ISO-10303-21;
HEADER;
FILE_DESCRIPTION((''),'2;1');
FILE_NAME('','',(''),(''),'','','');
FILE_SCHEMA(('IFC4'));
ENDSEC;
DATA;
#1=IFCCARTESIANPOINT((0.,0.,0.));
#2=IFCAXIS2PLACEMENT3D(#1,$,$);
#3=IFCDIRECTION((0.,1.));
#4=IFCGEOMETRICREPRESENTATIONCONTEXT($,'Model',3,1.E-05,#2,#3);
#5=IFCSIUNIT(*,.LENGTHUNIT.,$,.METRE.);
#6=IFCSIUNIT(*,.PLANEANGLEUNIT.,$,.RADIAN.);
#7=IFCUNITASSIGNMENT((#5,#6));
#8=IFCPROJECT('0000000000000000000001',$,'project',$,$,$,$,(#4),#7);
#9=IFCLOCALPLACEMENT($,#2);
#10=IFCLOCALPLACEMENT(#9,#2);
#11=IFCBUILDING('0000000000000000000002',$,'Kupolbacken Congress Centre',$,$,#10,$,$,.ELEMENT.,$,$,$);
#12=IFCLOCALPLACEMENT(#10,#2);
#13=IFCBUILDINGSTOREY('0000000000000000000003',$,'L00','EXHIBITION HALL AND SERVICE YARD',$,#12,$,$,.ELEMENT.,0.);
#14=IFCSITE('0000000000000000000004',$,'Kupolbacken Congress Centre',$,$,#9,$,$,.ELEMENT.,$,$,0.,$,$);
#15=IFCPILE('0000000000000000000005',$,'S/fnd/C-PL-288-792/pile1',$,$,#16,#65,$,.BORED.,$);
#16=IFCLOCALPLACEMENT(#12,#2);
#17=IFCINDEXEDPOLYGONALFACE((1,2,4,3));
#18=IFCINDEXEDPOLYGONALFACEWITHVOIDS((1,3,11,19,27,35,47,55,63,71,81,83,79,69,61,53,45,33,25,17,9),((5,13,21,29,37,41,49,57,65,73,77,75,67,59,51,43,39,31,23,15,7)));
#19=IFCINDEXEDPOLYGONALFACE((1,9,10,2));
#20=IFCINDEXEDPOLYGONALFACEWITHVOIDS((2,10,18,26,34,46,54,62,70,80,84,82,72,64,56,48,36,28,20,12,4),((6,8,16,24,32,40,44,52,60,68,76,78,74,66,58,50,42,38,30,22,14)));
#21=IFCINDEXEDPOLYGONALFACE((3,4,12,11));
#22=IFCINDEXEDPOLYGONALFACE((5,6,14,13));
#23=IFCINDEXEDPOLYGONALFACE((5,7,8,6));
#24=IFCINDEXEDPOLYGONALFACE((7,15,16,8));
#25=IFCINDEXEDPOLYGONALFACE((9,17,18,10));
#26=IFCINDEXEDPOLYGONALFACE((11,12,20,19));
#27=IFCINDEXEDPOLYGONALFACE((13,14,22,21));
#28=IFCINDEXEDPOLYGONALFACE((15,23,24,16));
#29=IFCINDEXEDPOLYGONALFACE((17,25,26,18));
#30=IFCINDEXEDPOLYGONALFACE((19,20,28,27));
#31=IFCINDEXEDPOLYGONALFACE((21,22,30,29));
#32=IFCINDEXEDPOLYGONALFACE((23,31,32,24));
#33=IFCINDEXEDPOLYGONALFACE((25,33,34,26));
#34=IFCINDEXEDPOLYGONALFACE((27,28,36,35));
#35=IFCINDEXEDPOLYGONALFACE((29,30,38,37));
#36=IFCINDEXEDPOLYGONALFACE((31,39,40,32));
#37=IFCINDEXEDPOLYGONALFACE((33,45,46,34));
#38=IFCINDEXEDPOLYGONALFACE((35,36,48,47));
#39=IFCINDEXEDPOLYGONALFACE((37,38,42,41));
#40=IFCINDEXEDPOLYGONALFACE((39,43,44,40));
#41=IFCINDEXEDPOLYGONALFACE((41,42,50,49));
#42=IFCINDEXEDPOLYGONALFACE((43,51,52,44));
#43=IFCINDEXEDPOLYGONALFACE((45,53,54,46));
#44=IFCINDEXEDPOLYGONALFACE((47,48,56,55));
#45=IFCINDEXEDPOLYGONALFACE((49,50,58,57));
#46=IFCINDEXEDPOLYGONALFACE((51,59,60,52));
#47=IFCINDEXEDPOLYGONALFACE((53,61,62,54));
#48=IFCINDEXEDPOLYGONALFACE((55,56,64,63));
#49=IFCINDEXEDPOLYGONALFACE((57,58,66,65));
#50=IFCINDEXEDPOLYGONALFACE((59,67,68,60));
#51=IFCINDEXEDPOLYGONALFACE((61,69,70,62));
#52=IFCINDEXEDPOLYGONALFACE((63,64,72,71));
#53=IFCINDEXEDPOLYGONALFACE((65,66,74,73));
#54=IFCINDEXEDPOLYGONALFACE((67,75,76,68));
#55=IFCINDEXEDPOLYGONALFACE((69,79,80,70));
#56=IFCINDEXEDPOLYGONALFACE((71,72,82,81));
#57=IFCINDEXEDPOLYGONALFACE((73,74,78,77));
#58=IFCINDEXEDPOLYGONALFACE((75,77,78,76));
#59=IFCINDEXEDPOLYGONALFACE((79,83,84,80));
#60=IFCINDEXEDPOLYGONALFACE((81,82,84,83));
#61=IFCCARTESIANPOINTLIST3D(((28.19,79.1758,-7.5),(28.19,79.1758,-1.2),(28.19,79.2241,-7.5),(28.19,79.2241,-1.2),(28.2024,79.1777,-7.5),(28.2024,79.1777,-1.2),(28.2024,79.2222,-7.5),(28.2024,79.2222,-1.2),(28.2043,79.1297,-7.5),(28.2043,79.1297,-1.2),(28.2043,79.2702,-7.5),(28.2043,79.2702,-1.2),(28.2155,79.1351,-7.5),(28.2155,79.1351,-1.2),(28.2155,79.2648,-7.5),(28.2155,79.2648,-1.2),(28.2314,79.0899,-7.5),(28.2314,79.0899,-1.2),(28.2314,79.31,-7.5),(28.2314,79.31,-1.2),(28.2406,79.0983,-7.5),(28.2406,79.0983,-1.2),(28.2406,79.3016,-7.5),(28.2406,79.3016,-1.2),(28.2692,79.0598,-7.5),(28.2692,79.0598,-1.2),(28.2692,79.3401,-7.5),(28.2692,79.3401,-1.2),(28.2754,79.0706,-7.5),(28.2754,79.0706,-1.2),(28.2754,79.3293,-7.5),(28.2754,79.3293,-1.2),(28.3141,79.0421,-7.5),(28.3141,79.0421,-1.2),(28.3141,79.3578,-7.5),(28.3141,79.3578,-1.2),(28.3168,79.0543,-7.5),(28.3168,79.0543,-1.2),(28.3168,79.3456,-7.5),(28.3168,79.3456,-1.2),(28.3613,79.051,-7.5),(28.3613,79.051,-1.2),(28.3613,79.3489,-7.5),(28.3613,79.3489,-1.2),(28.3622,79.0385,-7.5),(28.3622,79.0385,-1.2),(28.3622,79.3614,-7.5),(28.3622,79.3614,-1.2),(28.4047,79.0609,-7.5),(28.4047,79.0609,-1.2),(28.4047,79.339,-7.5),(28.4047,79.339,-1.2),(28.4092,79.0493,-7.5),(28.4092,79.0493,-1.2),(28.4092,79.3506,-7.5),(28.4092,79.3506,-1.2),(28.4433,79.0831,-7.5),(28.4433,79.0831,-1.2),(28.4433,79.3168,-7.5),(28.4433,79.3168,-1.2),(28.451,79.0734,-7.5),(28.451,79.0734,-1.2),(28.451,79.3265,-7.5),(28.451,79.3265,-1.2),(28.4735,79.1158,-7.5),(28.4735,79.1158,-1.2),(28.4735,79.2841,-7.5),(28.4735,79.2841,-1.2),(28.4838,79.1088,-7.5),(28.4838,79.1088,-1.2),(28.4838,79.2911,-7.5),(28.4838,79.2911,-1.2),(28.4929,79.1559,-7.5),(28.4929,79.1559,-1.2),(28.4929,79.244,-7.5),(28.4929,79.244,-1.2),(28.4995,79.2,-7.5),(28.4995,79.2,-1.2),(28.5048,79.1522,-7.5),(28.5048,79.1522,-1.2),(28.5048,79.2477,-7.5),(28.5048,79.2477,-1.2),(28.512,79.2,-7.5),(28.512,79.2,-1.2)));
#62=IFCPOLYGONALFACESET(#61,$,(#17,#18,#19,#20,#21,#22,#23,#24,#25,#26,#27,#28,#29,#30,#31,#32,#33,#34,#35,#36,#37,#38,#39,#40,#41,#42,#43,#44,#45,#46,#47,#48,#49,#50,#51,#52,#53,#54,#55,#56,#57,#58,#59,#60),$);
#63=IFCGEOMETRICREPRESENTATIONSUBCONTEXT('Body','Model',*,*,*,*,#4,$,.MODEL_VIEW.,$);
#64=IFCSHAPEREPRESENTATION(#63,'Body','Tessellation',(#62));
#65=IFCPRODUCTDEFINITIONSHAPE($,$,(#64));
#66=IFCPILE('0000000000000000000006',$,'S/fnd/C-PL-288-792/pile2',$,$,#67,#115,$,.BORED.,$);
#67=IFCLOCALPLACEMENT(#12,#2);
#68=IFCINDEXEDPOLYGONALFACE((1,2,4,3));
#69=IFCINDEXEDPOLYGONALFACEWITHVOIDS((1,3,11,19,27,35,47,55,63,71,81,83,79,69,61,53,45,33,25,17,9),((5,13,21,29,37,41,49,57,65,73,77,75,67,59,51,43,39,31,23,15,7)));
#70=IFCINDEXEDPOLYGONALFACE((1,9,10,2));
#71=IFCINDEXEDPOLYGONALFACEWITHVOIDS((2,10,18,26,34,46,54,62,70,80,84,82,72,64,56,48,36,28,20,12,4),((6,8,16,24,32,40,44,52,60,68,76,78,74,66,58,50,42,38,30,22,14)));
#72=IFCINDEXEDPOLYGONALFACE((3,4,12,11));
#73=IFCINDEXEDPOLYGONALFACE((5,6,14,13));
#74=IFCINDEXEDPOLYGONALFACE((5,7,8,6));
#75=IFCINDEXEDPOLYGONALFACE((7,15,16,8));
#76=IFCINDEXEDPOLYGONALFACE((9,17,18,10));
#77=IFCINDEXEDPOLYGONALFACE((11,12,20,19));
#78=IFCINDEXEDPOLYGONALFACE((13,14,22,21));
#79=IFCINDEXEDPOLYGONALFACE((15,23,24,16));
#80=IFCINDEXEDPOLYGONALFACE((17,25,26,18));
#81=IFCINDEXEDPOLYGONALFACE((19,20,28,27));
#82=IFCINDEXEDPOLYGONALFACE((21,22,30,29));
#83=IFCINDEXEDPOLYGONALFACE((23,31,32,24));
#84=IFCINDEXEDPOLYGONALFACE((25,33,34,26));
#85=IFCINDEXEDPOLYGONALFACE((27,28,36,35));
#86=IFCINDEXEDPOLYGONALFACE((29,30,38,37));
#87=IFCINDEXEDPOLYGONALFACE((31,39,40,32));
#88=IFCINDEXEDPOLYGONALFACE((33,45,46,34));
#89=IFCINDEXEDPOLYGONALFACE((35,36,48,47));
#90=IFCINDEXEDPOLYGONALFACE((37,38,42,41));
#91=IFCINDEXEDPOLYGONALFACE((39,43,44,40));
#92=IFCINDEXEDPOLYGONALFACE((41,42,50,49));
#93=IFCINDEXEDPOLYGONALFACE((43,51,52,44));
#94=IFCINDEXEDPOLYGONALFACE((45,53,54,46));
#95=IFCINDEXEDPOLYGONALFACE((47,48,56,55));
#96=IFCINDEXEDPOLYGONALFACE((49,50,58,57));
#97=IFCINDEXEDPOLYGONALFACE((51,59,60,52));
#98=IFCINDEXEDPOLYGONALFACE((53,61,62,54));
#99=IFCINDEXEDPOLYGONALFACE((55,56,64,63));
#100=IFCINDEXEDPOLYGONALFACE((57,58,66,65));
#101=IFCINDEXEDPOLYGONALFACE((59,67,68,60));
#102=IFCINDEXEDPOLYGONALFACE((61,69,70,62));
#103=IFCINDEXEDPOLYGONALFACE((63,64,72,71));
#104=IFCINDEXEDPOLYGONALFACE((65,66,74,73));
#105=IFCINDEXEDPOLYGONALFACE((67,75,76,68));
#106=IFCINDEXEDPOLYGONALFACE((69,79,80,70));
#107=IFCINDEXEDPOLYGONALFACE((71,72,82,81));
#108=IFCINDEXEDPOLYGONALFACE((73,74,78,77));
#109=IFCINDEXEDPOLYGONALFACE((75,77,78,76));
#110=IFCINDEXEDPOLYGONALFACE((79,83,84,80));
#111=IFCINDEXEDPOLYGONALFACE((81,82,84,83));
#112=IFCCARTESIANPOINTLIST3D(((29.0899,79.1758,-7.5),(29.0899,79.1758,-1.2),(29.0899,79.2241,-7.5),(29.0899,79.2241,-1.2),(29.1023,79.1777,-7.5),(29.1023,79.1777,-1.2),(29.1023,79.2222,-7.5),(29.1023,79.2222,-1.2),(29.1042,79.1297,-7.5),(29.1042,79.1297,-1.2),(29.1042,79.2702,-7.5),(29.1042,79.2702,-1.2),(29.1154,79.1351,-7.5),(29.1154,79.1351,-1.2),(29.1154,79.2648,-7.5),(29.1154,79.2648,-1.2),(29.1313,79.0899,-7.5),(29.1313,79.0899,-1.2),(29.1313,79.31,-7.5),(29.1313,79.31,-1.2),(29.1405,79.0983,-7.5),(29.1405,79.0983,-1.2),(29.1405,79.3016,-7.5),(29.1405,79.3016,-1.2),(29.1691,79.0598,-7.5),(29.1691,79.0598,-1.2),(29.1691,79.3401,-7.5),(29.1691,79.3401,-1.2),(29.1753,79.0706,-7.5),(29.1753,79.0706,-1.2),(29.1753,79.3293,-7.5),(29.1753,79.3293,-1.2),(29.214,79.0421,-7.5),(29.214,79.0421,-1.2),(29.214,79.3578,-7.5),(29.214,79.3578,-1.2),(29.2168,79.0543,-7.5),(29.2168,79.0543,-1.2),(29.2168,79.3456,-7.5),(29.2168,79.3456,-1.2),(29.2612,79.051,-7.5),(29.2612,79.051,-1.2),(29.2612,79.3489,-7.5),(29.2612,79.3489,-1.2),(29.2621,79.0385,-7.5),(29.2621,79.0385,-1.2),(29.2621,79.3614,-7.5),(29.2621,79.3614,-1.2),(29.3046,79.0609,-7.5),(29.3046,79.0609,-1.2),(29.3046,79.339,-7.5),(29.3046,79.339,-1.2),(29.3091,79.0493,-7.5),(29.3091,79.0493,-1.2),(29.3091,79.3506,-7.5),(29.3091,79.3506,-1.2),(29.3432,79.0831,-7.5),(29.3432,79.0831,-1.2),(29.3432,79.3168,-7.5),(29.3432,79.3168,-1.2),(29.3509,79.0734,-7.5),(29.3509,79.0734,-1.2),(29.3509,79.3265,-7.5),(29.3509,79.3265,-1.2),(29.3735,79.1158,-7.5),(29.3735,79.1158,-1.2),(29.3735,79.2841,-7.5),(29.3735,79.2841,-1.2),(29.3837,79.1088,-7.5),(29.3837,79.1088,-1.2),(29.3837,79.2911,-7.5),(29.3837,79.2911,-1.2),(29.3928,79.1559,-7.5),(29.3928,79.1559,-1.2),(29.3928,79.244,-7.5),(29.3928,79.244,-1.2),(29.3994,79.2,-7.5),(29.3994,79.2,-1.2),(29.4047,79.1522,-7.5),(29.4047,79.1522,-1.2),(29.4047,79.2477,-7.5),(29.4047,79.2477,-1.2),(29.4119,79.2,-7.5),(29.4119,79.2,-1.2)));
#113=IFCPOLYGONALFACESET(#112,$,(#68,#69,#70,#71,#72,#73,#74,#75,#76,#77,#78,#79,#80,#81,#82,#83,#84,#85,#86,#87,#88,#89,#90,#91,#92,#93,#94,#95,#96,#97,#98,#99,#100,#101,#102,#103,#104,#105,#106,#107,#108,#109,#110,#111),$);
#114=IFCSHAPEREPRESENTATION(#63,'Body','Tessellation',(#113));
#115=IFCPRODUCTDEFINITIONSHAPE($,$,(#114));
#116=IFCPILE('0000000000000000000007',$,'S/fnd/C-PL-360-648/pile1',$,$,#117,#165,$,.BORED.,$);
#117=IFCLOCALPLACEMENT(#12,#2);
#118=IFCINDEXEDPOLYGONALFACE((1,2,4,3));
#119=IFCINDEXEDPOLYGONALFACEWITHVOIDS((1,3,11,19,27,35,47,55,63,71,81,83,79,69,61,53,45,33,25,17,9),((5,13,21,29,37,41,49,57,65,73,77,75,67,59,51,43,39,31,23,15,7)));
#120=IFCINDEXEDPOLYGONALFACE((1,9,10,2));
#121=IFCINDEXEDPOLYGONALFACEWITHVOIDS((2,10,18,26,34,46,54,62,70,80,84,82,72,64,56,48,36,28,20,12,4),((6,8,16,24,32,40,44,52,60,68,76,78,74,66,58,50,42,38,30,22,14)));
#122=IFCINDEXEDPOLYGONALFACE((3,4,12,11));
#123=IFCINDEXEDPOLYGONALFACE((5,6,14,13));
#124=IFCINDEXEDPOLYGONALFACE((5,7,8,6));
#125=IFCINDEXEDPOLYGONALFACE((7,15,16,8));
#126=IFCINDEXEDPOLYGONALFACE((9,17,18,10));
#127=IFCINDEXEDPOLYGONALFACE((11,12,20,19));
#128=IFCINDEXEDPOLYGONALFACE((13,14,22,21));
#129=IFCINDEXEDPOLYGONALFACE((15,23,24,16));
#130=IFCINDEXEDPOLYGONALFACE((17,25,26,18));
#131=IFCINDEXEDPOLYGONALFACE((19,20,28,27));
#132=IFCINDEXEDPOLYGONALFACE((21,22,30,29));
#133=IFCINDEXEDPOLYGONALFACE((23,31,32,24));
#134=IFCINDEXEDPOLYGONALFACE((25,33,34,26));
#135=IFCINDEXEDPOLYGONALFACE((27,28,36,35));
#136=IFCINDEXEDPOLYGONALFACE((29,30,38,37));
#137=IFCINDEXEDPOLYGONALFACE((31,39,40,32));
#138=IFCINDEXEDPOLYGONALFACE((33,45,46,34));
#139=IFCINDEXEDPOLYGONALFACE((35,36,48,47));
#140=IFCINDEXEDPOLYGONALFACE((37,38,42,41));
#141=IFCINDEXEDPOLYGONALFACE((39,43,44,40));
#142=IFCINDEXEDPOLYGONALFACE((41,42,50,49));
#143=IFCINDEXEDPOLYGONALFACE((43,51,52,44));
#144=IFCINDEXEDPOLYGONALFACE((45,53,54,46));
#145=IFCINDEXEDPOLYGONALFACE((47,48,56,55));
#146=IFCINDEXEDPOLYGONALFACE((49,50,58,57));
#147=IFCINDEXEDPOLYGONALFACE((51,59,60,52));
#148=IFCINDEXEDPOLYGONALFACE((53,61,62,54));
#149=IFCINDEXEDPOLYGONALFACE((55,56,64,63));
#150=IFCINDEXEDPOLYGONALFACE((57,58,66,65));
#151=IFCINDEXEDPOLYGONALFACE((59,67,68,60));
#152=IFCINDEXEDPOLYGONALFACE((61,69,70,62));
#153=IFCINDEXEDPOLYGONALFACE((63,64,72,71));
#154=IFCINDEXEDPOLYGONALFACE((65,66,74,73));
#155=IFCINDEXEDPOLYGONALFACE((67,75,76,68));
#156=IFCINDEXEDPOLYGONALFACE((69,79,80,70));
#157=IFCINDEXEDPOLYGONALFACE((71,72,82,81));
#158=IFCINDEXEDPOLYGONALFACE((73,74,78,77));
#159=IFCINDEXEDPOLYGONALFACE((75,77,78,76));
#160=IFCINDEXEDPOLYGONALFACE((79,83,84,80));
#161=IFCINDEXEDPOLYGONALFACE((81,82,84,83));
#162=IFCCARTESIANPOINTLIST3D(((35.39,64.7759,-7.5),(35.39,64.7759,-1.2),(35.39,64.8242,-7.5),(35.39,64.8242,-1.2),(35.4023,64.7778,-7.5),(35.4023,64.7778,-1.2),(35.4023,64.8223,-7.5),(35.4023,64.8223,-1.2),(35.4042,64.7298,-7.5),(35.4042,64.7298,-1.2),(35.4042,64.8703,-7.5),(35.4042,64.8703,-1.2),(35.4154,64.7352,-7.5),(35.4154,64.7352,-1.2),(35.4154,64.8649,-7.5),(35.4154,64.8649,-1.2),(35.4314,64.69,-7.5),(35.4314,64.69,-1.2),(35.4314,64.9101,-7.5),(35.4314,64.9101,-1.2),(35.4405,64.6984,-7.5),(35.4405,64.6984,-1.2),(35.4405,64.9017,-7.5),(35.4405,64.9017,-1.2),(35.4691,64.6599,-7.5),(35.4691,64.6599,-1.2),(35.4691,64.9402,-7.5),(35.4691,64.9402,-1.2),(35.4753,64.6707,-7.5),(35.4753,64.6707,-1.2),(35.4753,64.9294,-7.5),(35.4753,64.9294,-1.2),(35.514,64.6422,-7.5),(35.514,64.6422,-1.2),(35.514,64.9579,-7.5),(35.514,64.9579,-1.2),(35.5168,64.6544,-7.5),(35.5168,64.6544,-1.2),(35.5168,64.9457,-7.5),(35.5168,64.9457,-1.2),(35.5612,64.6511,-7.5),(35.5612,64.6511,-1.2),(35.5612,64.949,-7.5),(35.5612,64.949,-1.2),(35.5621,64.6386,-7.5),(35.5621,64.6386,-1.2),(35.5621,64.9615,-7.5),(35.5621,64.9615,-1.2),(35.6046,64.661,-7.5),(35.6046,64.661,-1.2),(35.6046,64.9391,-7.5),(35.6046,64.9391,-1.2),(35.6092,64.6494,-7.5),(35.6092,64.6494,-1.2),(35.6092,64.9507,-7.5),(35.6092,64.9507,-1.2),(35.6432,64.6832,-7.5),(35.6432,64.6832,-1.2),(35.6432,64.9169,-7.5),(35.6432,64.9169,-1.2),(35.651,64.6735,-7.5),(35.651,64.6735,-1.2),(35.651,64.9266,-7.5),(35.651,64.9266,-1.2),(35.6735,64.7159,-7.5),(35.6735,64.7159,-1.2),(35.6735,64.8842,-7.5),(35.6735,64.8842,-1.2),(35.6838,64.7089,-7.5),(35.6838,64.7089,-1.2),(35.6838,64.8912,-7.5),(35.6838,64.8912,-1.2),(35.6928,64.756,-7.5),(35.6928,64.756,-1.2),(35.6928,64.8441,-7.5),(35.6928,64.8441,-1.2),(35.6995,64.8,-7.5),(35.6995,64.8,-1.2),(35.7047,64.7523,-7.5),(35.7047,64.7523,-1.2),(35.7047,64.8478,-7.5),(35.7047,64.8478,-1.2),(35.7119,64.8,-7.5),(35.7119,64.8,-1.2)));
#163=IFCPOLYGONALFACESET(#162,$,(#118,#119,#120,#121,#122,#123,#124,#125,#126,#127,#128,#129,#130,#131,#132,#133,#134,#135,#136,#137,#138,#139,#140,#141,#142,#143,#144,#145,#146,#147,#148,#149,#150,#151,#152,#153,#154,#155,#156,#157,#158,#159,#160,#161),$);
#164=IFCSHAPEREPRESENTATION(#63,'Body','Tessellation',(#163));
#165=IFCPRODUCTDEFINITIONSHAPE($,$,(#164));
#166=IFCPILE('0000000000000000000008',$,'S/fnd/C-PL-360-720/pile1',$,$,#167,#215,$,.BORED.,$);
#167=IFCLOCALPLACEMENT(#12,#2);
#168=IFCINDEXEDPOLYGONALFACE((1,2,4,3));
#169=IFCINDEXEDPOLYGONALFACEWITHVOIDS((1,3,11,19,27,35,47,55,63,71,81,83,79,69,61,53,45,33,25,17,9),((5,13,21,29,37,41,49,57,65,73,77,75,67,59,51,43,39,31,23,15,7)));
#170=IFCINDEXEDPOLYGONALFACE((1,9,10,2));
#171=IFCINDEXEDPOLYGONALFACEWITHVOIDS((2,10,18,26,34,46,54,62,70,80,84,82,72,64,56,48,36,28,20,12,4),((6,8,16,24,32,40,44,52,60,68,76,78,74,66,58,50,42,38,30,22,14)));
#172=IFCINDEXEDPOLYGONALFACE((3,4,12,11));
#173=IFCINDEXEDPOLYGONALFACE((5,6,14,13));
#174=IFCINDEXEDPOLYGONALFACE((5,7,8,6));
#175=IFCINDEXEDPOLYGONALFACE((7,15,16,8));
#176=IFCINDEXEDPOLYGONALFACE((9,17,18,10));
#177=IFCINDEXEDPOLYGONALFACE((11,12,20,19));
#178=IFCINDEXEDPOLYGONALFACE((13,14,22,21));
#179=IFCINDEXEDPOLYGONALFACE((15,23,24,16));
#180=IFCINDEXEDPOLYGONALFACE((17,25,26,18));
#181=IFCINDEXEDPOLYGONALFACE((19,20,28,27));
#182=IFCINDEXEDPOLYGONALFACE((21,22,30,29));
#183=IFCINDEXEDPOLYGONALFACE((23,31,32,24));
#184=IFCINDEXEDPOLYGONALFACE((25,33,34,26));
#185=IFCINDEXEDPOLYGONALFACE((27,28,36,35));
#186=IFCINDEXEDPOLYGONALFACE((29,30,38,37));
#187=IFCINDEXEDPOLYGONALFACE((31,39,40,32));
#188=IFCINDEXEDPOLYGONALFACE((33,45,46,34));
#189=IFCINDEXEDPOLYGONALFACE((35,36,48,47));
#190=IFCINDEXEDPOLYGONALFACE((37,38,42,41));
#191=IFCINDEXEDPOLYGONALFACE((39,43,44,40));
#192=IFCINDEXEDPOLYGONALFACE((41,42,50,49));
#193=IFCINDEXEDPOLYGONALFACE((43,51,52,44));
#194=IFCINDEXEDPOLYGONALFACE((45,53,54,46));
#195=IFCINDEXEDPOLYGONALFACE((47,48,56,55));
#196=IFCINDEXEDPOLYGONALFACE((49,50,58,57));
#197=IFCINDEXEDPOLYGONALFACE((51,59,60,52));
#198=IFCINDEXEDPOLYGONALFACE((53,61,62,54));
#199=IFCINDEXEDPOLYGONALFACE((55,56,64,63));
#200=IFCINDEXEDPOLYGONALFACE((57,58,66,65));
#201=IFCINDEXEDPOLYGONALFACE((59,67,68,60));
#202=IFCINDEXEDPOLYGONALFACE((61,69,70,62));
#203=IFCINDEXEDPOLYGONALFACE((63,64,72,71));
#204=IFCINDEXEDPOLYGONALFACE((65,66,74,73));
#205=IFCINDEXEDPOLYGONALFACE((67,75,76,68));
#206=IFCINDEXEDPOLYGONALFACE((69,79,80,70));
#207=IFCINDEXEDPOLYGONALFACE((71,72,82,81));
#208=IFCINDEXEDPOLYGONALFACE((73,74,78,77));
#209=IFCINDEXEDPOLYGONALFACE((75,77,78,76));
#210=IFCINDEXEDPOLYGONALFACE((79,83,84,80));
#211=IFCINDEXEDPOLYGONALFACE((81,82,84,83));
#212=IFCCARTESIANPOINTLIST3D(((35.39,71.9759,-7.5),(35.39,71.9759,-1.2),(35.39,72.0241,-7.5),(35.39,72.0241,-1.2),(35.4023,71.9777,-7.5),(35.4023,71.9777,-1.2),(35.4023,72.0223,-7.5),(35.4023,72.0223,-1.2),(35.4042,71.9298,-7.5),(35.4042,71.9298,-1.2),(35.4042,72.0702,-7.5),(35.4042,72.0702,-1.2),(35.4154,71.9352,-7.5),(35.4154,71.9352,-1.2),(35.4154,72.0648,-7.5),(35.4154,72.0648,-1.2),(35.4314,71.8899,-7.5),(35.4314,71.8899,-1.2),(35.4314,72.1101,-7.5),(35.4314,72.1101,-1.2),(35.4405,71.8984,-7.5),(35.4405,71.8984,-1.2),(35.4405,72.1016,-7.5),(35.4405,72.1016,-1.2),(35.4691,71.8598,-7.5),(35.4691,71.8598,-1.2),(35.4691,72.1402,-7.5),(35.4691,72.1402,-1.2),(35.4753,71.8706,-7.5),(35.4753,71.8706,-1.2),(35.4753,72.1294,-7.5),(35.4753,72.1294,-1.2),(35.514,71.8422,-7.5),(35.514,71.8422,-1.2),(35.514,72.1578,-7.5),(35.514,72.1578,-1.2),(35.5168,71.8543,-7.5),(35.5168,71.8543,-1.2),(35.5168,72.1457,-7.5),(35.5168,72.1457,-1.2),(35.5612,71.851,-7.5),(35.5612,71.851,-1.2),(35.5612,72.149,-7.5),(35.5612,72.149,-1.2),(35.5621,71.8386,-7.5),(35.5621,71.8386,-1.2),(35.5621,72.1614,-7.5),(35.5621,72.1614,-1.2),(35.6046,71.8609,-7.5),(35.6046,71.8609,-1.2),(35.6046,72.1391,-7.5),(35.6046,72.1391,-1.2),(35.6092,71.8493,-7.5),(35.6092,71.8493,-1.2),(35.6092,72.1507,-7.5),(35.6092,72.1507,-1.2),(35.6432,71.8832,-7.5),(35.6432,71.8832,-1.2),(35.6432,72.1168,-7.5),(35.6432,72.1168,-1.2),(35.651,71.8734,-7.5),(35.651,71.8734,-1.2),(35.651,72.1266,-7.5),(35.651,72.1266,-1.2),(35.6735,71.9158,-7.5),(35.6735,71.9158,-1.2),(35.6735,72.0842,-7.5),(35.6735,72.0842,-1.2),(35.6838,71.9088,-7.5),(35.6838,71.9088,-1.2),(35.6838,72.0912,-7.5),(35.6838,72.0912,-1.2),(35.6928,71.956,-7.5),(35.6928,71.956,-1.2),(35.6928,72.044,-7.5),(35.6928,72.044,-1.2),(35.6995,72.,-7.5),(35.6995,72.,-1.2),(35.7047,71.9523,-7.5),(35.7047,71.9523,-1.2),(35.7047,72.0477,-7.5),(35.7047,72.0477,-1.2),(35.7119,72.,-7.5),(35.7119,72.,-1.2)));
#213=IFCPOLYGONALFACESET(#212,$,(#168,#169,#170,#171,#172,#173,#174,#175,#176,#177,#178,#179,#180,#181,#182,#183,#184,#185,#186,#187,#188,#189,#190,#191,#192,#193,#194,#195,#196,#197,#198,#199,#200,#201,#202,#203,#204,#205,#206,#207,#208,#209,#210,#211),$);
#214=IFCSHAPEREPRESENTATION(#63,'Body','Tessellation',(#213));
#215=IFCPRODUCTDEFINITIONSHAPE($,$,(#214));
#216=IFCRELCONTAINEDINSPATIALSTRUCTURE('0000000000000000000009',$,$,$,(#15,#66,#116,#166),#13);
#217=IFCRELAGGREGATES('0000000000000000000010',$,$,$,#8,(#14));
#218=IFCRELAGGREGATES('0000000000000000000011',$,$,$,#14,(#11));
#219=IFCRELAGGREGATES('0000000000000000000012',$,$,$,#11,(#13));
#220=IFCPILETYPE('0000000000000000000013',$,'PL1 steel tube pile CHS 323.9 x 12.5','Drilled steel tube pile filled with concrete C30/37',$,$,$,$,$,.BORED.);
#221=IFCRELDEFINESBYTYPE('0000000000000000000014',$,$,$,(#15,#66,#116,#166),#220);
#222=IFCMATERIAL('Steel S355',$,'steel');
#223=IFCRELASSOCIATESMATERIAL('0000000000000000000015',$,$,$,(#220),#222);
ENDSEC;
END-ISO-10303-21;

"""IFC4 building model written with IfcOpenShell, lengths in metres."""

from ifc_helpers import new_model, si_unit, direction, frame, origin, origin_2d, place, context, subcontext, project, spatial, hollow_circle, extrude, material, material_profile, profile_set, type_object, element, save


model = new_model("IFC4")

# Units and contexts
model_context = context("Model", 3, precision=1e-05, world=origin(), true_north=direction((0.0, 1.0)))
body_context = subcontext(model_context, "Body", "Model", "MODEL_VIEW")
ifc_project = project(units=[si_unit("LENGTHUNIT", "METRE"), si_unit("PLANEANGLEUNIT", "RADIAN")], contexts=[model_context])

# Site, building, storey
site_placement = place(None, origin())
site = spatial("IfcSite", under=ifc_project, at=site_placement, Name="Kupolbacken Congress Centre", CompositionType="ELEMENT", RefElevation=0.0)
building_placement = place(site_placement, origin())
building = spatial("IfcBuilding", under=site, at=building_placement, Name="Kupolbacken Congress Centre", CompositionType="ELEMENT")
storey_placement = place(building_placement, origin())
storey = spatial("IfcBuildingStorey", under=building, at=storey_placement, Name="L00", Description="EXHIBITION HALL AND SERVICE YARD", CompositionType="ELEMENT", Elevation=0.0)

# Piles
ifc_material_1 = material(Name="Steel S355", Category="steel")
ifc_material_profile_1 = material_profile(ifc_material_1, hollow_circle(Radius=0.1619, WallThickness=0.0125, at=origin_2d()), Name="CHS 323.9 x 12.5")
ifc_profile_set_1 = profile_set([ifc_material_profile_1], Name="Steel S355")
pile_type_1 = type_object("IfcPileType", Name="PL1 steel tube pile CHS 323.9 x 12.5", Description="Drilled steel tube pile filled with concrete C30/37", PredefinedType="BORED", material=ifc_profile_set_1)
for number, where, z_axis, x_axis, name in (
    (1, (28.3501, 79.2, -1.2), (0.0, 0.0, -1.0), (1.0, 0.0, 0.0), "S/fnd/C-PL-288-792/pile1"),
    (2, (29.25, 79.2, -1.2), (0.0, 0.0, -1.0), (1.0, 0.0, 0.0), "S/fnd/C-PL-288-792/pile2"),
    (3, (35.55, 64.8, -1.2), (0.0, 0.0, -1.0), (1.0, 0.0, 0.0), "S/fnd/C-PL-360-648/pile1"),
    (4, (35.55, 72.0, -1.2), (0.0, 0.0, -1.0), (1.0, 0.0, 0.0), "S/fnd/C-PL-360-720/pile1"),
):
    element("IfcPile", number, at=place(storey_placement, frame(where, z_axis=z_axis, x_axis=x_axis)), inside=storey, type_object=pile_type_1, Name=name, PredefinedType="BORED", context=body_context, shape_type="SweptSolid", body=[
        extrude(hollow_circle(Radius=0.1619, WallThickness=0.0125, at=origin_2d()), origin(), (0.0, 0.0, 1.0), 6.3),
    ])

save(model, "model.ifc")
